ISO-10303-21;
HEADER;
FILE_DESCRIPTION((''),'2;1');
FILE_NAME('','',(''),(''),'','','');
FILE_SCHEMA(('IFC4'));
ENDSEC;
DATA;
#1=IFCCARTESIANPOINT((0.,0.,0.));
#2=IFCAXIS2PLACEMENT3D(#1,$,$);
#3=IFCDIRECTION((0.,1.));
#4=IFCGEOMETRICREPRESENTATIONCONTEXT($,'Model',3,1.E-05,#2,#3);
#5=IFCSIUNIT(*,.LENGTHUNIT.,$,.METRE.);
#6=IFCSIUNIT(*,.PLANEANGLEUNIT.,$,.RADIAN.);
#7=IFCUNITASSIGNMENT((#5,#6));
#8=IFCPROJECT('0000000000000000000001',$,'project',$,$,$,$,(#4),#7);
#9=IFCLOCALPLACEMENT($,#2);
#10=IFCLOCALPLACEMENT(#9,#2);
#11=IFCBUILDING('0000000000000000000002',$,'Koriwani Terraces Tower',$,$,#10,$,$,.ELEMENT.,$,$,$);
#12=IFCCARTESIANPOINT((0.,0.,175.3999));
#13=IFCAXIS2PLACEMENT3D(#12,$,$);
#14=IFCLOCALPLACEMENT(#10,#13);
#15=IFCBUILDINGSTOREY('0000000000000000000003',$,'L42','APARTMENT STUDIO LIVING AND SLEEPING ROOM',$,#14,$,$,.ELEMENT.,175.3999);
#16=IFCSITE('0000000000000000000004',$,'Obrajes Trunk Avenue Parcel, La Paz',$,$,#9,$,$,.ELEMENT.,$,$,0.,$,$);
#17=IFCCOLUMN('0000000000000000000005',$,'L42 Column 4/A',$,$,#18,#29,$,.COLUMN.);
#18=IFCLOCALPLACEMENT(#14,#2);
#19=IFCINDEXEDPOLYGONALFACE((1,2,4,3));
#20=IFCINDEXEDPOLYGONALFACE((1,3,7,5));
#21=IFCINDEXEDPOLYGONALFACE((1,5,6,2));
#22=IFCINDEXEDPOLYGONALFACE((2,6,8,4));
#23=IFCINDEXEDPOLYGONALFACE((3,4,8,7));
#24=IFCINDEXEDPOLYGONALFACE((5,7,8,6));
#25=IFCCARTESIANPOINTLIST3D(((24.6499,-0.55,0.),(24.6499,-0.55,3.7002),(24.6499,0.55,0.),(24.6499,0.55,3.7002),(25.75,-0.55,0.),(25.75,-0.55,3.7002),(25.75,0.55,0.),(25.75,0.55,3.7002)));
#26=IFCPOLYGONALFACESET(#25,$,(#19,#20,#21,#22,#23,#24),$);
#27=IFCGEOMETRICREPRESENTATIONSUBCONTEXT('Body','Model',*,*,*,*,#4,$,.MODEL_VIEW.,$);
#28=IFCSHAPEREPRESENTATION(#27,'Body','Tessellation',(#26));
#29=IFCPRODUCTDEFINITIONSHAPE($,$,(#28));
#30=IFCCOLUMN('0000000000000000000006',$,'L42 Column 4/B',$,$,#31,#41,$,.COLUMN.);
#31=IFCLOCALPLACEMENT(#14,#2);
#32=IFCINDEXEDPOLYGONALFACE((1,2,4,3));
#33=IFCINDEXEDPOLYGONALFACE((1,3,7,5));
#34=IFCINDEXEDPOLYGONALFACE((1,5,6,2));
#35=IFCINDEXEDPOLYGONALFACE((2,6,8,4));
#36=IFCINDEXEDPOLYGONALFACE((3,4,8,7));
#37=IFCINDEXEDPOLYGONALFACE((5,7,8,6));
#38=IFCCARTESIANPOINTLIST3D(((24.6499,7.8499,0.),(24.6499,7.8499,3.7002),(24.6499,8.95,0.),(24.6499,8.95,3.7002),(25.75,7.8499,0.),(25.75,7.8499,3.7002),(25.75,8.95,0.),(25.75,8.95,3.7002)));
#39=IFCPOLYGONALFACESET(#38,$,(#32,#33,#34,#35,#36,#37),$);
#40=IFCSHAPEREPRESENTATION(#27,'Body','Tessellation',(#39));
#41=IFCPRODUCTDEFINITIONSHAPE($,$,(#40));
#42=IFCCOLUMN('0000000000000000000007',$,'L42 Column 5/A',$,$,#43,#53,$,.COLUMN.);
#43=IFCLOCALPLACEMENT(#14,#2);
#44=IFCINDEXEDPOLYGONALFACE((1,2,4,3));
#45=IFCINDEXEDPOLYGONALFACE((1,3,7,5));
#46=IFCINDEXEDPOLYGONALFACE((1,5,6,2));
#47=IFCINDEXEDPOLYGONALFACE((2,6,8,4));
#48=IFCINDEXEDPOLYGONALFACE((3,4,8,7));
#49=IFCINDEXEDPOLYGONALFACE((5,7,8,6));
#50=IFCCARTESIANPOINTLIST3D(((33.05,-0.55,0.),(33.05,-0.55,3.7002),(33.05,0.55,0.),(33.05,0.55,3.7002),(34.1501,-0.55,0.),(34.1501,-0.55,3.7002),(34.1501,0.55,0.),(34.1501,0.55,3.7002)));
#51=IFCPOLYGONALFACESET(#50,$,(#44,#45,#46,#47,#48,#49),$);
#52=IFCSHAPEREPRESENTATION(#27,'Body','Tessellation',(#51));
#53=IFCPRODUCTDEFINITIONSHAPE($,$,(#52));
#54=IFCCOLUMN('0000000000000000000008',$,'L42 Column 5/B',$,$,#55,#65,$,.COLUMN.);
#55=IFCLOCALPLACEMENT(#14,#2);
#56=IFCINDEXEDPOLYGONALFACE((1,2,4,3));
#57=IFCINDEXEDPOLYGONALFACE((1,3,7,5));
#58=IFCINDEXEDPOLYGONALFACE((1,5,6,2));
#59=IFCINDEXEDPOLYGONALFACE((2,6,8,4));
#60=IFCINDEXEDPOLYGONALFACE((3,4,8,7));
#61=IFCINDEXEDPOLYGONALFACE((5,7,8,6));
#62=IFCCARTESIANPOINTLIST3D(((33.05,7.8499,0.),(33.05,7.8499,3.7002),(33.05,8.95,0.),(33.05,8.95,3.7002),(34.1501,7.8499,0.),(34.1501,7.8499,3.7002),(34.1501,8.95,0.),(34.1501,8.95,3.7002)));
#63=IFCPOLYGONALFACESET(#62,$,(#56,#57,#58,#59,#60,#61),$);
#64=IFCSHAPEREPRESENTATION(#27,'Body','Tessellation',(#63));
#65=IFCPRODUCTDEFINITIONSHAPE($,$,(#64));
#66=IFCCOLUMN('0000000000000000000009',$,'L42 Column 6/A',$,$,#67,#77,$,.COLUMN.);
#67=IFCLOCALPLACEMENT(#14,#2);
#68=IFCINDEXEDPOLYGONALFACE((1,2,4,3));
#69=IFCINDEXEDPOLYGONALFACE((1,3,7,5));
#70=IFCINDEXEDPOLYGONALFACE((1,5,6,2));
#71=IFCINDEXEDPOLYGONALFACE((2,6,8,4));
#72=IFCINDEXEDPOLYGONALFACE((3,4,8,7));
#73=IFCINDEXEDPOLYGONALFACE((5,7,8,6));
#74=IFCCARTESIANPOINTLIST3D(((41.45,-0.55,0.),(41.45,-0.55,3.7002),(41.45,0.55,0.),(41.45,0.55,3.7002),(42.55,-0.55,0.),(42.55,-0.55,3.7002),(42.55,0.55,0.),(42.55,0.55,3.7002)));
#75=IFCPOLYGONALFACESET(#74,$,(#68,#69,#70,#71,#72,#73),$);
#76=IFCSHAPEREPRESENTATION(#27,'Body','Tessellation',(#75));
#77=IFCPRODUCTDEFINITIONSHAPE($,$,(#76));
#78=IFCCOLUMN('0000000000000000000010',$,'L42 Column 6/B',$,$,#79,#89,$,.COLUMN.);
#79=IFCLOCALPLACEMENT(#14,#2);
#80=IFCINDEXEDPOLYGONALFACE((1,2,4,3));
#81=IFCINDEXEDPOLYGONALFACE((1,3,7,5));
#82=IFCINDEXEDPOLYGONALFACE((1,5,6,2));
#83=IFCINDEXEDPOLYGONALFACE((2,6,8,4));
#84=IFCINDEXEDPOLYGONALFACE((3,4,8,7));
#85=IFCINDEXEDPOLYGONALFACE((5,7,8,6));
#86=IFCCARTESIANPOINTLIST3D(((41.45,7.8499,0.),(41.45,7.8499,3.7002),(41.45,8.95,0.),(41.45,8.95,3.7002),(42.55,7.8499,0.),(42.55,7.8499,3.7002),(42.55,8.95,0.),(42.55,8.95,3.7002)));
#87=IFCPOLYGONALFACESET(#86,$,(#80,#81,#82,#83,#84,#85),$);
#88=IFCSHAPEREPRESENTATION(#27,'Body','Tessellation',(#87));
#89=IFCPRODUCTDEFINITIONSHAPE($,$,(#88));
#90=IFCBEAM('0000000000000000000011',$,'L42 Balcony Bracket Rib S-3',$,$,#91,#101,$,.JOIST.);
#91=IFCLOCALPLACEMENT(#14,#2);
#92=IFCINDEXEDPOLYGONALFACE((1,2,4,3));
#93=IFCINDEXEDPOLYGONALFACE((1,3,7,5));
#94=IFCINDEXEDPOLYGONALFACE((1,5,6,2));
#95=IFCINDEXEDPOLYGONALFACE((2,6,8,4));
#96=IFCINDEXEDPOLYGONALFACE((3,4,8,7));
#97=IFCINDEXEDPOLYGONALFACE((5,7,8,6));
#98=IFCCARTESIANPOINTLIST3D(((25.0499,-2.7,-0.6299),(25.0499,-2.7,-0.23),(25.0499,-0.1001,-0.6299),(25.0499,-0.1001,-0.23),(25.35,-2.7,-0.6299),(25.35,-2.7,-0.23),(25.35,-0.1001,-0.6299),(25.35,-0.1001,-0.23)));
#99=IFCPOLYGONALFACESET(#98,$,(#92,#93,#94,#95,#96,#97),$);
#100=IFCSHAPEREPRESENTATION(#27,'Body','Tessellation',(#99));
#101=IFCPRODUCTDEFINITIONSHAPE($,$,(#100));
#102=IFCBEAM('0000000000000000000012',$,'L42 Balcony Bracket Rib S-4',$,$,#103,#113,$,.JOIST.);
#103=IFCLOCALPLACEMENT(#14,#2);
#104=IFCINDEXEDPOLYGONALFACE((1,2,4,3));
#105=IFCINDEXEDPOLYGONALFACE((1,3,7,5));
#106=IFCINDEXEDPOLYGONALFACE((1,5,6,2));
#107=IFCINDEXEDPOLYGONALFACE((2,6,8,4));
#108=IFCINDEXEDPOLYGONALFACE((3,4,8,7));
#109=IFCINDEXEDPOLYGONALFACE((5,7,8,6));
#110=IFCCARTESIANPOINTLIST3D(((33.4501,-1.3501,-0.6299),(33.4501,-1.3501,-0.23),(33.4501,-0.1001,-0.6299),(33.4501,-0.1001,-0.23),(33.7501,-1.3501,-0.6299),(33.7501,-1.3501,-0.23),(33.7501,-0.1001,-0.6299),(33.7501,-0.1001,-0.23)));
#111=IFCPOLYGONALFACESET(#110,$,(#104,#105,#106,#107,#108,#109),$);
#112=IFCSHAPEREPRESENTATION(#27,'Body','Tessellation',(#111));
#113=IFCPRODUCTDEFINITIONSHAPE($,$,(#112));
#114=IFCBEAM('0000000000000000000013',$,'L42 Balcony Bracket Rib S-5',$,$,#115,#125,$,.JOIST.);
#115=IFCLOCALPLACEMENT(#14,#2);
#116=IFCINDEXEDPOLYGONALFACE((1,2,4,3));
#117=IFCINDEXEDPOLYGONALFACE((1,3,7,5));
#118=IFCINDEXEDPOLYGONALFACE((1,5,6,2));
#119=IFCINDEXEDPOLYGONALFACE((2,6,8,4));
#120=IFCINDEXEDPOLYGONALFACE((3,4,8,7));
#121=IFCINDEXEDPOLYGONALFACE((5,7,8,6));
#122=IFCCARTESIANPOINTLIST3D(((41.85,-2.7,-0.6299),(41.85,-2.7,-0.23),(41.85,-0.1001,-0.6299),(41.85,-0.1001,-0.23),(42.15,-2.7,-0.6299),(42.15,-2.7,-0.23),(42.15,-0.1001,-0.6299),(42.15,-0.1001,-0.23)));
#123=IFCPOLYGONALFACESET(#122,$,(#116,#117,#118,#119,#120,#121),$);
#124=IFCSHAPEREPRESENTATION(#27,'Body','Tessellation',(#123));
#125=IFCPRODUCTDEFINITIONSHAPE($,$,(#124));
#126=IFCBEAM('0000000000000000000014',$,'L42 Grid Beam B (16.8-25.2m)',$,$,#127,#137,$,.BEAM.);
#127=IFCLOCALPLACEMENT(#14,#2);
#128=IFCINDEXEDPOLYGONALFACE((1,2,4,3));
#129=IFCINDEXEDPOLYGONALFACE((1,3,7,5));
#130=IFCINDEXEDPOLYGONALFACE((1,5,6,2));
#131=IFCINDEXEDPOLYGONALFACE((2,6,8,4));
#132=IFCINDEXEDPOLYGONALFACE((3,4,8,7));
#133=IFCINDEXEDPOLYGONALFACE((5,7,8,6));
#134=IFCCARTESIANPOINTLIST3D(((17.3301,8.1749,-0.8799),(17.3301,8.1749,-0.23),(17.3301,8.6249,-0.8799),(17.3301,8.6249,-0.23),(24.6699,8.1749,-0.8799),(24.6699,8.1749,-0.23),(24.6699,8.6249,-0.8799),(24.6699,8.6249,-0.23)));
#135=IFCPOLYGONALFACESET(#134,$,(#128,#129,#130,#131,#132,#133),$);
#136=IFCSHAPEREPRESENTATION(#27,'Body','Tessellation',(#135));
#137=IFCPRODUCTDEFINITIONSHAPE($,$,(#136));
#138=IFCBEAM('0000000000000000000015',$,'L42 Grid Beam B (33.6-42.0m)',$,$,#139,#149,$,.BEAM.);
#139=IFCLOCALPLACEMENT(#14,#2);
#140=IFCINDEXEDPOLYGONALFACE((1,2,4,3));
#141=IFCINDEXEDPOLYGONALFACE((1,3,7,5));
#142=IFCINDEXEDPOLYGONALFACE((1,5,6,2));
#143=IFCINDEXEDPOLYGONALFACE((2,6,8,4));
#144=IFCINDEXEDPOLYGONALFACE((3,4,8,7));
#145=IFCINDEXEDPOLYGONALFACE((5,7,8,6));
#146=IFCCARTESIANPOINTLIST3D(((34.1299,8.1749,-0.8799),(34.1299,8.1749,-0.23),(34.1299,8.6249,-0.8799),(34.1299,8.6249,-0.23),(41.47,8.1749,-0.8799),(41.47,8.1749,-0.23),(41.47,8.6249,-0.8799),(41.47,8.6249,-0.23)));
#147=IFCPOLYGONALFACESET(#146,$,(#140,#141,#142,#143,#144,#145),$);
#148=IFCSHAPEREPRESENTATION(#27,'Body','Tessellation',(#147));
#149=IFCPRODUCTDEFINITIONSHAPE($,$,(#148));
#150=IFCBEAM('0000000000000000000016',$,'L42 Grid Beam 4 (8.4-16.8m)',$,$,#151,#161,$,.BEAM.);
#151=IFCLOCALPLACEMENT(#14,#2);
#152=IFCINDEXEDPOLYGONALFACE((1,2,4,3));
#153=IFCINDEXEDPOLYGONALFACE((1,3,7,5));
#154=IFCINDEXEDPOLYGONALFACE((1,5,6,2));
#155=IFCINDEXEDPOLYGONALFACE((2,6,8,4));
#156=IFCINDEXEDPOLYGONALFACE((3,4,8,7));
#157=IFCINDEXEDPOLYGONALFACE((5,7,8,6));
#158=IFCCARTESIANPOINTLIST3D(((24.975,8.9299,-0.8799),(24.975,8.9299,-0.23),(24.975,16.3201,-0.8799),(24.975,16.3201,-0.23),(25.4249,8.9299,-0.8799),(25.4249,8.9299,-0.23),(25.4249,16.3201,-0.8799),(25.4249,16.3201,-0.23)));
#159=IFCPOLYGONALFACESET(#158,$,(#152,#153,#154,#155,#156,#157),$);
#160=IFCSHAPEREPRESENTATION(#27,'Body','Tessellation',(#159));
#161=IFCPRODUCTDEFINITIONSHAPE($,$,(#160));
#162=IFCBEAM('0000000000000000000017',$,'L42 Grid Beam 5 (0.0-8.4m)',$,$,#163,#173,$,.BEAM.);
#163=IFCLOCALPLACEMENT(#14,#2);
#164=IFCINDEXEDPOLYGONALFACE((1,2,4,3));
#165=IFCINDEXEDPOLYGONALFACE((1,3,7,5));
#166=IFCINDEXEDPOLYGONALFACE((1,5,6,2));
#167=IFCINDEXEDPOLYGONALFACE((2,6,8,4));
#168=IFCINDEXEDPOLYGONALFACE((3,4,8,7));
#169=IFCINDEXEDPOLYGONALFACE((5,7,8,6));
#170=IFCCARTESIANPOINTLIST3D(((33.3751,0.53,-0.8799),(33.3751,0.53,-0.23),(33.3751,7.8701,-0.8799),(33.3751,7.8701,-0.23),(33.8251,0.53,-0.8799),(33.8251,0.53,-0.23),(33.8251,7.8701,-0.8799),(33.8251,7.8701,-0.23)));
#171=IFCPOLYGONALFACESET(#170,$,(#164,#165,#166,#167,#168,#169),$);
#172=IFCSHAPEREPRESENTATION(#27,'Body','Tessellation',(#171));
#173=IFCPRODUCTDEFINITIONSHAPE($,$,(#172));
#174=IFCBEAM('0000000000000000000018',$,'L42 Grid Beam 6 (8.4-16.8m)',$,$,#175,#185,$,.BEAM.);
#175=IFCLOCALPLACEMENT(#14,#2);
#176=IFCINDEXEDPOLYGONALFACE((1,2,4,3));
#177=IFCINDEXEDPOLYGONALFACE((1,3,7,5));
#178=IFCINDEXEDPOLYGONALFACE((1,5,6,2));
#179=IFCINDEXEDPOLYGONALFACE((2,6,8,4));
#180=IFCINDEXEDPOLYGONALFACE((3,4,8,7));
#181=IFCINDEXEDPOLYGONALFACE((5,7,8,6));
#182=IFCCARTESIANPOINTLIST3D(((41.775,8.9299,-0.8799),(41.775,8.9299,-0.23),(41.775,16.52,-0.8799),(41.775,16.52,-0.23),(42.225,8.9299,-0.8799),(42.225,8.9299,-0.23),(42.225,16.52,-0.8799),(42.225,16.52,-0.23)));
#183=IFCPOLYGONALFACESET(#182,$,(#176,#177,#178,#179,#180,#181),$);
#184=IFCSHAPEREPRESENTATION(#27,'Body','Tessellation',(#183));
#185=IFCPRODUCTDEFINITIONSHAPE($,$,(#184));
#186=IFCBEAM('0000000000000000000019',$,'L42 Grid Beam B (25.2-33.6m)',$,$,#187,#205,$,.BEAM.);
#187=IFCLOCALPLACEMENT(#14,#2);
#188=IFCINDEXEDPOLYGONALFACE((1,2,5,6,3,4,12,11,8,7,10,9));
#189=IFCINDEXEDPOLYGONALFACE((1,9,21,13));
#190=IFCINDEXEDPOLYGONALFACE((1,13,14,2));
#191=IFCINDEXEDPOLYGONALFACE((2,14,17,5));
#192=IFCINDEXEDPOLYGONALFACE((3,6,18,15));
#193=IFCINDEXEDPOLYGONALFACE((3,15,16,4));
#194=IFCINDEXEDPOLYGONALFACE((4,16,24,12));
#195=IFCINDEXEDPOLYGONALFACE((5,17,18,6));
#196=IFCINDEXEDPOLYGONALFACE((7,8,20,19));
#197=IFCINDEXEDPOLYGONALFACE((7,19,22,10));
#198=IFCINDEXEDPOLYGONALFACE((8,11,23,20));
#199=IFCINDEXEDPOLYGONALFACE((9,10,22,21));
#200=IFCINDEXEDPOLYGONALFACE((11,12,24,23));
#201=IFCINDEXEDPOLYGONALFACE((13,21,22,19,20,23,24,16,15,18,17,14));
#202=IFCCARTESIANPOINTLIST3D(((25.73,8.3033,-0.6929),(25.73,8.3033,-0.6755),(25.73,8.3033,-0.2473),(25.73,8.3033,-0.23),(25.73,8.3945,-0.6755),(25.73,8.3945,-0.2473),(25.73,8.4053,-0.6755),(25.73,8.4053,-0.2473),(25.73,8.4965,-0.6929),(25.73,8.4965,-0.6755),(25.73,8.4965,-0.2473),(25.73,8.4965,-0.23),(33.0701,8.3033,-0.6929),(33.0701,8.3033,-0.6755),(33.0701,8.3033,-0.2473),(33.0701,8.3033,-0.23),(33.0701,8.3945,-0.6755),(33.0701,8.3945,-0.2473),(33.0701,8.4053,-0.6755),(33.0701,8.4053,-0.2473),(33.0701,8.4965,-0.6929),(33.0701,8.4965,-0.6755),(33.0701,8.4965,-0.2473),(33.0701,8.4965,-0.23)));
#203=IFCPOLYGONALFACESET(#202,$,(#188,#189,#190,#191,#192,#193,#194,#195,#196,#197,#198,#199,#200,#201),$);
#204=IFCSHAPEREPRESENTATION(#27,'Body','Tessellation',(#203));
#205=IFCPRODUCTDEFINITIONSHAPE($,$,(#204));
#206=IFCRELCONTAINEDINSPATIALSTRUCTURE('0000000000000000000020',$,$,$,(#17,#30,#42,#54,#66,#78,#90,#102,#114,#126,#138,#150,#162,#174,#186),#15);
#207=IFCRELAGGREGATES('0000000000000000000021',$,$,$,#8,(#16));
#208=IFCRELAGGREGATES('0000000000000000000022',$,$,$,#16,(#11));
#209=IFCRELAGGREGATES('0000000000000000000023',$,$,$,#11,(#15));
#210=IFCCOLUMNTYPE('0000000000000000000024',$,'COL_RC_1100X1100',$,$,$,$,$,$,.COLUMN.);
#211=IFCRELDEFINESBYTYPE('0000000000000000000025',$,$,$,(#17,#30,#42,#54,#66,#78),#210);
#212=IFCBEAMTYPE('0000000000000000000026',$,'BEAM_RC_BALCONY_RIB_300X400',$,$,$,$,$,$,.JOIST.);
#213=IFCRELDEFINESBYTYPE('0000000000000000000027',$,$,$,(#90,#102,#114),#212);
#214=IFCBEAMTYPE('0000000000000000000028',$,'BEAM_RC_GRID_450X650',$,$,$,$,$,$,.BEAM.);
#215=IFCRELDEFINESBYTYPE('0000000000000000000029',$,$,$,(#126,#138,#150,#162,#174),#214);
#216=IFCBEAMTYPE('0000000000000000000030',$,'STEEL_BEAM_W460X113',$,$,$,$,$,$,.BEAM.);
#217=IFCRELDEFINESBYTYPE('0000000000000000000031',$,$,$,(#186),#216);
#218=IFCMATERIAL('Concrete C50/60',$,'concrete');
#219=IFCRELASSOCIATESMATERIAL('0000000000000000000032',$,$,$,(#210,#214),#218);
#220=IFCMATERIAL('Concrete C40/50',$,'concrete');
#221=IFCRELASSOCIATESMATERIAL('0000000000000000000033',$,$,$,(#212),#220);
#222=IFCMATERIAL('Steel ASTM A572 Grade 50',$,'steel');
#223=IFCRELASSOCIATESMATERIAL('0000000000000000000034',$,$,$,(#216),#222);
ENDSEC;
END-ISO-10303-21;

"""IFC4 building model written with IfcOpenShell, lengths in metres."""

from ifc_helpers import new_model, si_unit, direction, frame, origin, origin_2d, place, context, subcontext, project, spatial, rectangle, i_section, extrude, material, material_profile, profile_set, type_object, element, save


model = new_model("IFC4")

# Units and contexts
model_context = context("Model", 3, precision=1e-05, world=origin(), true_north=direction((0.0, 1.0)))
body_context = subcontext(model_context, "Body", "Model", "MODEL_VIEW")
ifc_project = project(units=[si_unit("LENGTHUNIT", "METRE"), si_unit("PLANEANGLEUNIT", "RADIAN")], contexts=[model_context])

# Site, building, storey
site_placement = place(None, origin())
site = spatial("IfcSite", under=ifc_project, at=site_placement, Name="Obrajes Trunk Avenue Parcel, La Paz", CompositionType="ELEMENT", RefElevation=0.0)
building_placement = place(site_placement, origin())
building = spatial("IfcBuilding", under=site, at=building_placement, Name="Koriwani Terraces Tower", CompositionType="ELEMENT")
storey_placement = place(building_placement, frame((0.0, 0.0, 175.3999)))
storey = spatial("IfcBuildingStorey", under=building, at=storey_placement, Name="L42", Description="APARTMENT STUDIO LIVING AND SLEEPING ROOM", CompositionType="ELEMENT", Elevation=175.3999)

# Columns
ifc_material_1 = material(Name="Concrete C50/60", Category="concrete")
ifc_material_profile_1 = material_profile(ifc_material_1, rectangle(XDim=1.1001, YDim=1.1001, at=origin_2d()), Name="Concrete C50/60", Category="LoadBearing")
ifc_profile_set_1 = profile_set([ifc_material_profile_1], Name="Concrete C50/60")
column_type = type_object("IfcColumnType", Name="COL_RC_1100X1100", PredefinedType="COLUMN", material=ifc_profile_set_1)
for number, where, z_axis, x_axis, name in (
    (1, (25.2, 0.0, 0.0), (0.0, 0.0, 1.0), (1.0, 0.0, 0.0), "L42 Column 4/A"),
    (2, (25.2, 8.3999, 0.0), (0.0, 0.0, 1.0), (1.0, 0.0, 0.0), "L42 Column 4/B"),
    (3, (33.6001, 0.0, 0.0), (0.0, 0.0, 1.0), (1.0, 0.0, 0.0), "L42 Column 5/A"),
    (4, (33.6001, 8.3999, 0.0), (0.0, 0.0, 1.0), (1.0, 0.0, 0.0), "L42 Column 5/B"),
    (5, (42.0, 0.0, 0.0), (0.0, 0.0, 1.0), (1.0, 0.0, 0.0), "L42 Column 6/A"),
    (6, (42.0, 8.3999, 0.0), (0.0, 0.0, 1.0), (1.0, 0.0, 0.0), "L42 Column 6/B"),
):
    element("IfcColumn", number, at=place(storey_placement, frame(where, z_axis=z_axis, x_axis=x_axis)), inside=storey, type_object=column_type, Name=name, PredefinedType="COLUMN", context=body_context, shape_type="SweptSolid", body=[
        extrude(rectangle(XDim=1.1001, YDim=1.1001, at=origin_2d()), origin(), (0.0, 0.0, 1.0), 3.7002),
    ])

# Beams
ifc_material_2 = material(Name="Concrete C40/50", Category="concrete")
ifc_material_profile_2 = material_profile(ifc_material_2, rectangle(XDim=0.3, YDim=0.3999, at=origin_2d()), Name="Concrete C40/50", Category="LoadBearing")
ifc_profile_set_2 = profile_set([ifc_material_profile_2], Name="Concrete C40/50")
beam_type_1 = type_object("IfcBeamType", Name="BEAM_RC_BALCONY_RIB_300X400", PredefinedType="JOIST", material=ifc_profile_set_2)
beam_1_placement = place(storey_placement, frame((25.2, -2.7, -0.4299), z_axis=(0.0, 1.0, 0.0), x_axis=(-1.0, 0.0, 0.0)))
element("IfcBeam", 7, at=beam_1_placement, inside=storey, type_object=beam_type_1, Name="L42 Balcony Bracket Rib S-3", PredefinedType="JOIST", context=body_context, shape_type="SweptSolid", body=[
    extrude(rectangle(XDim=0.3, YDim=0.3999, at=origin_2d()), origin(), (0.0, 0.0, 1.0), 2.5999),
])
beam_2_placement = place(storey_placement, frame((33.6001, -1.3501, -0.4299), z_axis=(0.0, 1.0, 0.0), x_axis=(-1.0, 0.0, 0.0)))
element("IfcBeam", 8, at=beam_2_placement, inside=storey, type_object=beam_type_1, Name="L42 Balcony Bracket Rib S-4", PredefinedType="JOIST", context=body_context, shape_type="SweptSolid", body=[
    extrude(rectangle(XDim=0.3, YDim=0.3999, at=origin_2d()), origin(), (0.0, 0.0, 1.0), 1.25),
])
beam_3_placement = place(storey_placement, frame((42.0, -2.7, -0.4299), z_axis=(0.0, 1.0, 0.0), x_axis=(-1.0, 0.0, 0.0)))
element("IfcBeam", 9, at=beam_3_placement, inside=storey, type_object=beam_type_1, Name="L42 Balcony Bracket Rib S-5", PredefinedType="JOIST", context=body_context, shape_type="SweptSolid", body=[
    extrude(rectangle(XDim=0.3, YDim=0.3999, at=origin_2d()), origin(), (0.0, 0.0, 1.0), 2.5999),
])
ifc_material_profile_3 = material_profile(ifc_material_1, rectangle(XDim=0.45, YDim=0.6499, at=origin_2d()), Name="Concrete C50/60", Category="LoadBearing")
ifc_profile_set_3 = profile_set([ifc_material_profile_3], Name="Concrete C50/60")
beam_type_2 = type_object("IfcBeamType", Name="BEAM_RC_GRID_450X650", PredefinedType="BEAM", material=ifc_profile_set_3)
beam_4_placement = place(storey_placement, frame((17.3301, 8.3999, -0.5549), z_axis=(1.0, 0.0, 0.0), x_axis=(0.0, 1.0, 0.0)))
element("IfcBeam", 10, at=beam_4_placement, inside=storey, type_object=beam_type_2, Name="L42 Grid Beam B (16.8-25.2m)", PredefinedType="BEAM", context=body_context, shape_type="SweptSolid", body=[
    extrude(rectangle(XDim=0.45, YDim=0.6499, at=origin_2d()), origin(), (0.0, 0.0, 1.0), 7.3398),
])
beam_5_placement = place(storey_placement, frame((34.1299, 8.3999, -0.5549), z_axis=(1.0, 0.0, 0.0), x_axis=(0.0, 1.0, 0.0)))
element("IfcBeam", 11, at=beam_5_placement, inside=storey, type_object=beam_type_2, Name="L42 Grid Beam B (33.6-42.0m)", PredefinedType="BEAM", context=body_context, shape_type="SweptSolid", body=[
    extrude(rectangle(XDim=0.45, YDim=0.6499, at=origin_2d()), origin(), (0.0, 0.0, 1.0), 7.3401),
])
beam_6_placement = place(storey_placement, frame((25.2, 8.9299, -0.5549), z_axis=(0.0, 1.0, 0.0), x_axis=(-1.0, 0.0, 0.0)))
element("IfcBeam", 12, at=beam_6_placement, inside=storey, type_object=beam_type_2, Name="L42 Grid Beam 4 (8.4-16.8m)", PredefinedType="BEAM", context=body_context, shape_type="SweptSolid", body=[
    extrude(rectangle(XDim=0.45, YDim=0.6499, at=origin_2d()), origin(), (0.0, 0.0, 1.0), 7.3901),
])
beam_7_placement = place(storey_placement, frame((33.6001, 0.53, -0.5549), z_axis=(0.0, 1.0, 0.0), x_axis=(-1.0, 0.0, 0.0)))
element("IfcBeam", 13, at=beam_7_placement, inside=storey, type_object=beam_type_2, Name="L42 Grid Beam 5 (0.0-8.4m)", PredefinedType="BEAM", context=body_context, shape_type="SweptSolid", body=[
    extrude(rectangle(XDim=0.45, YDim=0.6499, at=origin_2d()), origin(), (0.0, 0.0, 1.0), 7.3401),
])
beam_8_placement = place(storey_placement, frame((42.0, 8.9299, -0.5549), z_axis=(0.0, 1.0, 0.0), x_axis=(-1.0, 0.0, 0.0)))
element("IfcBeam", 14, at=beam_8_placement, inside=storey, type_object=beam_type_2, Name="L42 Grid Beam 6 (8.4-16.8m)", PredefinedType="BEAM", context=body_context, shape_type="SweptSolid", body=[
    extrude(rectangle(XDim=0.45, YDim=0.6499, at=origin_2d()), origin(), (0.0, 0.0, 1.0), 7.5901),
])
ifc_material_3 = material(Name="Steel ASTM A572 Grade 50", Category="steel")
ifc_material_profile_4 = material_profile(ifc_material_3, i_section(OverallWidth=0.1931, OverallDepth=0.4629, WebThickness=0.0107, FlangeThickness=0.0173, at=origin_2d()), Name="Steel ASTM A572 Grade 50", Category="LoadBearing")
ifc_profile_set_4 = profile_set([ifc_material_profile_4], Name="Steel ASTM A572 Grade 50")
beam_type_3 = type_object("IfcBeamType", Name="STEEL_BEAM_W460X113", PredefinedType="BEAM", material=ifc_profile_set_4)
for number, where, z_axis, x_axis, name in (
    (15, (25.73, 8.3999, -0.4614), (1.0, 0.0, 0.0), (0.0, 1.0, 0.0), "L42 Grid Beam B (25.2-33.6m)"),
):
    element("IfcBeam", number, at=place(storey_placement, frame(where, z_axis=z_axis, x_axis=x_axis)), inside=storey, type_object=beam_type_3, Name=name, PredefinedType="BEAM", context=body_context, shape_type="SweptSolid", body=[
        extrude(i_section(OverallWidth=0.1931, OverallDepth=0.4629, WebThickness=0.0107, FlangeThickness=0.0173, at=origin_2d()), origin(), (0.0, 0.0, 1.0), 7.3401),
    ])

save(model, "model.ifc")
